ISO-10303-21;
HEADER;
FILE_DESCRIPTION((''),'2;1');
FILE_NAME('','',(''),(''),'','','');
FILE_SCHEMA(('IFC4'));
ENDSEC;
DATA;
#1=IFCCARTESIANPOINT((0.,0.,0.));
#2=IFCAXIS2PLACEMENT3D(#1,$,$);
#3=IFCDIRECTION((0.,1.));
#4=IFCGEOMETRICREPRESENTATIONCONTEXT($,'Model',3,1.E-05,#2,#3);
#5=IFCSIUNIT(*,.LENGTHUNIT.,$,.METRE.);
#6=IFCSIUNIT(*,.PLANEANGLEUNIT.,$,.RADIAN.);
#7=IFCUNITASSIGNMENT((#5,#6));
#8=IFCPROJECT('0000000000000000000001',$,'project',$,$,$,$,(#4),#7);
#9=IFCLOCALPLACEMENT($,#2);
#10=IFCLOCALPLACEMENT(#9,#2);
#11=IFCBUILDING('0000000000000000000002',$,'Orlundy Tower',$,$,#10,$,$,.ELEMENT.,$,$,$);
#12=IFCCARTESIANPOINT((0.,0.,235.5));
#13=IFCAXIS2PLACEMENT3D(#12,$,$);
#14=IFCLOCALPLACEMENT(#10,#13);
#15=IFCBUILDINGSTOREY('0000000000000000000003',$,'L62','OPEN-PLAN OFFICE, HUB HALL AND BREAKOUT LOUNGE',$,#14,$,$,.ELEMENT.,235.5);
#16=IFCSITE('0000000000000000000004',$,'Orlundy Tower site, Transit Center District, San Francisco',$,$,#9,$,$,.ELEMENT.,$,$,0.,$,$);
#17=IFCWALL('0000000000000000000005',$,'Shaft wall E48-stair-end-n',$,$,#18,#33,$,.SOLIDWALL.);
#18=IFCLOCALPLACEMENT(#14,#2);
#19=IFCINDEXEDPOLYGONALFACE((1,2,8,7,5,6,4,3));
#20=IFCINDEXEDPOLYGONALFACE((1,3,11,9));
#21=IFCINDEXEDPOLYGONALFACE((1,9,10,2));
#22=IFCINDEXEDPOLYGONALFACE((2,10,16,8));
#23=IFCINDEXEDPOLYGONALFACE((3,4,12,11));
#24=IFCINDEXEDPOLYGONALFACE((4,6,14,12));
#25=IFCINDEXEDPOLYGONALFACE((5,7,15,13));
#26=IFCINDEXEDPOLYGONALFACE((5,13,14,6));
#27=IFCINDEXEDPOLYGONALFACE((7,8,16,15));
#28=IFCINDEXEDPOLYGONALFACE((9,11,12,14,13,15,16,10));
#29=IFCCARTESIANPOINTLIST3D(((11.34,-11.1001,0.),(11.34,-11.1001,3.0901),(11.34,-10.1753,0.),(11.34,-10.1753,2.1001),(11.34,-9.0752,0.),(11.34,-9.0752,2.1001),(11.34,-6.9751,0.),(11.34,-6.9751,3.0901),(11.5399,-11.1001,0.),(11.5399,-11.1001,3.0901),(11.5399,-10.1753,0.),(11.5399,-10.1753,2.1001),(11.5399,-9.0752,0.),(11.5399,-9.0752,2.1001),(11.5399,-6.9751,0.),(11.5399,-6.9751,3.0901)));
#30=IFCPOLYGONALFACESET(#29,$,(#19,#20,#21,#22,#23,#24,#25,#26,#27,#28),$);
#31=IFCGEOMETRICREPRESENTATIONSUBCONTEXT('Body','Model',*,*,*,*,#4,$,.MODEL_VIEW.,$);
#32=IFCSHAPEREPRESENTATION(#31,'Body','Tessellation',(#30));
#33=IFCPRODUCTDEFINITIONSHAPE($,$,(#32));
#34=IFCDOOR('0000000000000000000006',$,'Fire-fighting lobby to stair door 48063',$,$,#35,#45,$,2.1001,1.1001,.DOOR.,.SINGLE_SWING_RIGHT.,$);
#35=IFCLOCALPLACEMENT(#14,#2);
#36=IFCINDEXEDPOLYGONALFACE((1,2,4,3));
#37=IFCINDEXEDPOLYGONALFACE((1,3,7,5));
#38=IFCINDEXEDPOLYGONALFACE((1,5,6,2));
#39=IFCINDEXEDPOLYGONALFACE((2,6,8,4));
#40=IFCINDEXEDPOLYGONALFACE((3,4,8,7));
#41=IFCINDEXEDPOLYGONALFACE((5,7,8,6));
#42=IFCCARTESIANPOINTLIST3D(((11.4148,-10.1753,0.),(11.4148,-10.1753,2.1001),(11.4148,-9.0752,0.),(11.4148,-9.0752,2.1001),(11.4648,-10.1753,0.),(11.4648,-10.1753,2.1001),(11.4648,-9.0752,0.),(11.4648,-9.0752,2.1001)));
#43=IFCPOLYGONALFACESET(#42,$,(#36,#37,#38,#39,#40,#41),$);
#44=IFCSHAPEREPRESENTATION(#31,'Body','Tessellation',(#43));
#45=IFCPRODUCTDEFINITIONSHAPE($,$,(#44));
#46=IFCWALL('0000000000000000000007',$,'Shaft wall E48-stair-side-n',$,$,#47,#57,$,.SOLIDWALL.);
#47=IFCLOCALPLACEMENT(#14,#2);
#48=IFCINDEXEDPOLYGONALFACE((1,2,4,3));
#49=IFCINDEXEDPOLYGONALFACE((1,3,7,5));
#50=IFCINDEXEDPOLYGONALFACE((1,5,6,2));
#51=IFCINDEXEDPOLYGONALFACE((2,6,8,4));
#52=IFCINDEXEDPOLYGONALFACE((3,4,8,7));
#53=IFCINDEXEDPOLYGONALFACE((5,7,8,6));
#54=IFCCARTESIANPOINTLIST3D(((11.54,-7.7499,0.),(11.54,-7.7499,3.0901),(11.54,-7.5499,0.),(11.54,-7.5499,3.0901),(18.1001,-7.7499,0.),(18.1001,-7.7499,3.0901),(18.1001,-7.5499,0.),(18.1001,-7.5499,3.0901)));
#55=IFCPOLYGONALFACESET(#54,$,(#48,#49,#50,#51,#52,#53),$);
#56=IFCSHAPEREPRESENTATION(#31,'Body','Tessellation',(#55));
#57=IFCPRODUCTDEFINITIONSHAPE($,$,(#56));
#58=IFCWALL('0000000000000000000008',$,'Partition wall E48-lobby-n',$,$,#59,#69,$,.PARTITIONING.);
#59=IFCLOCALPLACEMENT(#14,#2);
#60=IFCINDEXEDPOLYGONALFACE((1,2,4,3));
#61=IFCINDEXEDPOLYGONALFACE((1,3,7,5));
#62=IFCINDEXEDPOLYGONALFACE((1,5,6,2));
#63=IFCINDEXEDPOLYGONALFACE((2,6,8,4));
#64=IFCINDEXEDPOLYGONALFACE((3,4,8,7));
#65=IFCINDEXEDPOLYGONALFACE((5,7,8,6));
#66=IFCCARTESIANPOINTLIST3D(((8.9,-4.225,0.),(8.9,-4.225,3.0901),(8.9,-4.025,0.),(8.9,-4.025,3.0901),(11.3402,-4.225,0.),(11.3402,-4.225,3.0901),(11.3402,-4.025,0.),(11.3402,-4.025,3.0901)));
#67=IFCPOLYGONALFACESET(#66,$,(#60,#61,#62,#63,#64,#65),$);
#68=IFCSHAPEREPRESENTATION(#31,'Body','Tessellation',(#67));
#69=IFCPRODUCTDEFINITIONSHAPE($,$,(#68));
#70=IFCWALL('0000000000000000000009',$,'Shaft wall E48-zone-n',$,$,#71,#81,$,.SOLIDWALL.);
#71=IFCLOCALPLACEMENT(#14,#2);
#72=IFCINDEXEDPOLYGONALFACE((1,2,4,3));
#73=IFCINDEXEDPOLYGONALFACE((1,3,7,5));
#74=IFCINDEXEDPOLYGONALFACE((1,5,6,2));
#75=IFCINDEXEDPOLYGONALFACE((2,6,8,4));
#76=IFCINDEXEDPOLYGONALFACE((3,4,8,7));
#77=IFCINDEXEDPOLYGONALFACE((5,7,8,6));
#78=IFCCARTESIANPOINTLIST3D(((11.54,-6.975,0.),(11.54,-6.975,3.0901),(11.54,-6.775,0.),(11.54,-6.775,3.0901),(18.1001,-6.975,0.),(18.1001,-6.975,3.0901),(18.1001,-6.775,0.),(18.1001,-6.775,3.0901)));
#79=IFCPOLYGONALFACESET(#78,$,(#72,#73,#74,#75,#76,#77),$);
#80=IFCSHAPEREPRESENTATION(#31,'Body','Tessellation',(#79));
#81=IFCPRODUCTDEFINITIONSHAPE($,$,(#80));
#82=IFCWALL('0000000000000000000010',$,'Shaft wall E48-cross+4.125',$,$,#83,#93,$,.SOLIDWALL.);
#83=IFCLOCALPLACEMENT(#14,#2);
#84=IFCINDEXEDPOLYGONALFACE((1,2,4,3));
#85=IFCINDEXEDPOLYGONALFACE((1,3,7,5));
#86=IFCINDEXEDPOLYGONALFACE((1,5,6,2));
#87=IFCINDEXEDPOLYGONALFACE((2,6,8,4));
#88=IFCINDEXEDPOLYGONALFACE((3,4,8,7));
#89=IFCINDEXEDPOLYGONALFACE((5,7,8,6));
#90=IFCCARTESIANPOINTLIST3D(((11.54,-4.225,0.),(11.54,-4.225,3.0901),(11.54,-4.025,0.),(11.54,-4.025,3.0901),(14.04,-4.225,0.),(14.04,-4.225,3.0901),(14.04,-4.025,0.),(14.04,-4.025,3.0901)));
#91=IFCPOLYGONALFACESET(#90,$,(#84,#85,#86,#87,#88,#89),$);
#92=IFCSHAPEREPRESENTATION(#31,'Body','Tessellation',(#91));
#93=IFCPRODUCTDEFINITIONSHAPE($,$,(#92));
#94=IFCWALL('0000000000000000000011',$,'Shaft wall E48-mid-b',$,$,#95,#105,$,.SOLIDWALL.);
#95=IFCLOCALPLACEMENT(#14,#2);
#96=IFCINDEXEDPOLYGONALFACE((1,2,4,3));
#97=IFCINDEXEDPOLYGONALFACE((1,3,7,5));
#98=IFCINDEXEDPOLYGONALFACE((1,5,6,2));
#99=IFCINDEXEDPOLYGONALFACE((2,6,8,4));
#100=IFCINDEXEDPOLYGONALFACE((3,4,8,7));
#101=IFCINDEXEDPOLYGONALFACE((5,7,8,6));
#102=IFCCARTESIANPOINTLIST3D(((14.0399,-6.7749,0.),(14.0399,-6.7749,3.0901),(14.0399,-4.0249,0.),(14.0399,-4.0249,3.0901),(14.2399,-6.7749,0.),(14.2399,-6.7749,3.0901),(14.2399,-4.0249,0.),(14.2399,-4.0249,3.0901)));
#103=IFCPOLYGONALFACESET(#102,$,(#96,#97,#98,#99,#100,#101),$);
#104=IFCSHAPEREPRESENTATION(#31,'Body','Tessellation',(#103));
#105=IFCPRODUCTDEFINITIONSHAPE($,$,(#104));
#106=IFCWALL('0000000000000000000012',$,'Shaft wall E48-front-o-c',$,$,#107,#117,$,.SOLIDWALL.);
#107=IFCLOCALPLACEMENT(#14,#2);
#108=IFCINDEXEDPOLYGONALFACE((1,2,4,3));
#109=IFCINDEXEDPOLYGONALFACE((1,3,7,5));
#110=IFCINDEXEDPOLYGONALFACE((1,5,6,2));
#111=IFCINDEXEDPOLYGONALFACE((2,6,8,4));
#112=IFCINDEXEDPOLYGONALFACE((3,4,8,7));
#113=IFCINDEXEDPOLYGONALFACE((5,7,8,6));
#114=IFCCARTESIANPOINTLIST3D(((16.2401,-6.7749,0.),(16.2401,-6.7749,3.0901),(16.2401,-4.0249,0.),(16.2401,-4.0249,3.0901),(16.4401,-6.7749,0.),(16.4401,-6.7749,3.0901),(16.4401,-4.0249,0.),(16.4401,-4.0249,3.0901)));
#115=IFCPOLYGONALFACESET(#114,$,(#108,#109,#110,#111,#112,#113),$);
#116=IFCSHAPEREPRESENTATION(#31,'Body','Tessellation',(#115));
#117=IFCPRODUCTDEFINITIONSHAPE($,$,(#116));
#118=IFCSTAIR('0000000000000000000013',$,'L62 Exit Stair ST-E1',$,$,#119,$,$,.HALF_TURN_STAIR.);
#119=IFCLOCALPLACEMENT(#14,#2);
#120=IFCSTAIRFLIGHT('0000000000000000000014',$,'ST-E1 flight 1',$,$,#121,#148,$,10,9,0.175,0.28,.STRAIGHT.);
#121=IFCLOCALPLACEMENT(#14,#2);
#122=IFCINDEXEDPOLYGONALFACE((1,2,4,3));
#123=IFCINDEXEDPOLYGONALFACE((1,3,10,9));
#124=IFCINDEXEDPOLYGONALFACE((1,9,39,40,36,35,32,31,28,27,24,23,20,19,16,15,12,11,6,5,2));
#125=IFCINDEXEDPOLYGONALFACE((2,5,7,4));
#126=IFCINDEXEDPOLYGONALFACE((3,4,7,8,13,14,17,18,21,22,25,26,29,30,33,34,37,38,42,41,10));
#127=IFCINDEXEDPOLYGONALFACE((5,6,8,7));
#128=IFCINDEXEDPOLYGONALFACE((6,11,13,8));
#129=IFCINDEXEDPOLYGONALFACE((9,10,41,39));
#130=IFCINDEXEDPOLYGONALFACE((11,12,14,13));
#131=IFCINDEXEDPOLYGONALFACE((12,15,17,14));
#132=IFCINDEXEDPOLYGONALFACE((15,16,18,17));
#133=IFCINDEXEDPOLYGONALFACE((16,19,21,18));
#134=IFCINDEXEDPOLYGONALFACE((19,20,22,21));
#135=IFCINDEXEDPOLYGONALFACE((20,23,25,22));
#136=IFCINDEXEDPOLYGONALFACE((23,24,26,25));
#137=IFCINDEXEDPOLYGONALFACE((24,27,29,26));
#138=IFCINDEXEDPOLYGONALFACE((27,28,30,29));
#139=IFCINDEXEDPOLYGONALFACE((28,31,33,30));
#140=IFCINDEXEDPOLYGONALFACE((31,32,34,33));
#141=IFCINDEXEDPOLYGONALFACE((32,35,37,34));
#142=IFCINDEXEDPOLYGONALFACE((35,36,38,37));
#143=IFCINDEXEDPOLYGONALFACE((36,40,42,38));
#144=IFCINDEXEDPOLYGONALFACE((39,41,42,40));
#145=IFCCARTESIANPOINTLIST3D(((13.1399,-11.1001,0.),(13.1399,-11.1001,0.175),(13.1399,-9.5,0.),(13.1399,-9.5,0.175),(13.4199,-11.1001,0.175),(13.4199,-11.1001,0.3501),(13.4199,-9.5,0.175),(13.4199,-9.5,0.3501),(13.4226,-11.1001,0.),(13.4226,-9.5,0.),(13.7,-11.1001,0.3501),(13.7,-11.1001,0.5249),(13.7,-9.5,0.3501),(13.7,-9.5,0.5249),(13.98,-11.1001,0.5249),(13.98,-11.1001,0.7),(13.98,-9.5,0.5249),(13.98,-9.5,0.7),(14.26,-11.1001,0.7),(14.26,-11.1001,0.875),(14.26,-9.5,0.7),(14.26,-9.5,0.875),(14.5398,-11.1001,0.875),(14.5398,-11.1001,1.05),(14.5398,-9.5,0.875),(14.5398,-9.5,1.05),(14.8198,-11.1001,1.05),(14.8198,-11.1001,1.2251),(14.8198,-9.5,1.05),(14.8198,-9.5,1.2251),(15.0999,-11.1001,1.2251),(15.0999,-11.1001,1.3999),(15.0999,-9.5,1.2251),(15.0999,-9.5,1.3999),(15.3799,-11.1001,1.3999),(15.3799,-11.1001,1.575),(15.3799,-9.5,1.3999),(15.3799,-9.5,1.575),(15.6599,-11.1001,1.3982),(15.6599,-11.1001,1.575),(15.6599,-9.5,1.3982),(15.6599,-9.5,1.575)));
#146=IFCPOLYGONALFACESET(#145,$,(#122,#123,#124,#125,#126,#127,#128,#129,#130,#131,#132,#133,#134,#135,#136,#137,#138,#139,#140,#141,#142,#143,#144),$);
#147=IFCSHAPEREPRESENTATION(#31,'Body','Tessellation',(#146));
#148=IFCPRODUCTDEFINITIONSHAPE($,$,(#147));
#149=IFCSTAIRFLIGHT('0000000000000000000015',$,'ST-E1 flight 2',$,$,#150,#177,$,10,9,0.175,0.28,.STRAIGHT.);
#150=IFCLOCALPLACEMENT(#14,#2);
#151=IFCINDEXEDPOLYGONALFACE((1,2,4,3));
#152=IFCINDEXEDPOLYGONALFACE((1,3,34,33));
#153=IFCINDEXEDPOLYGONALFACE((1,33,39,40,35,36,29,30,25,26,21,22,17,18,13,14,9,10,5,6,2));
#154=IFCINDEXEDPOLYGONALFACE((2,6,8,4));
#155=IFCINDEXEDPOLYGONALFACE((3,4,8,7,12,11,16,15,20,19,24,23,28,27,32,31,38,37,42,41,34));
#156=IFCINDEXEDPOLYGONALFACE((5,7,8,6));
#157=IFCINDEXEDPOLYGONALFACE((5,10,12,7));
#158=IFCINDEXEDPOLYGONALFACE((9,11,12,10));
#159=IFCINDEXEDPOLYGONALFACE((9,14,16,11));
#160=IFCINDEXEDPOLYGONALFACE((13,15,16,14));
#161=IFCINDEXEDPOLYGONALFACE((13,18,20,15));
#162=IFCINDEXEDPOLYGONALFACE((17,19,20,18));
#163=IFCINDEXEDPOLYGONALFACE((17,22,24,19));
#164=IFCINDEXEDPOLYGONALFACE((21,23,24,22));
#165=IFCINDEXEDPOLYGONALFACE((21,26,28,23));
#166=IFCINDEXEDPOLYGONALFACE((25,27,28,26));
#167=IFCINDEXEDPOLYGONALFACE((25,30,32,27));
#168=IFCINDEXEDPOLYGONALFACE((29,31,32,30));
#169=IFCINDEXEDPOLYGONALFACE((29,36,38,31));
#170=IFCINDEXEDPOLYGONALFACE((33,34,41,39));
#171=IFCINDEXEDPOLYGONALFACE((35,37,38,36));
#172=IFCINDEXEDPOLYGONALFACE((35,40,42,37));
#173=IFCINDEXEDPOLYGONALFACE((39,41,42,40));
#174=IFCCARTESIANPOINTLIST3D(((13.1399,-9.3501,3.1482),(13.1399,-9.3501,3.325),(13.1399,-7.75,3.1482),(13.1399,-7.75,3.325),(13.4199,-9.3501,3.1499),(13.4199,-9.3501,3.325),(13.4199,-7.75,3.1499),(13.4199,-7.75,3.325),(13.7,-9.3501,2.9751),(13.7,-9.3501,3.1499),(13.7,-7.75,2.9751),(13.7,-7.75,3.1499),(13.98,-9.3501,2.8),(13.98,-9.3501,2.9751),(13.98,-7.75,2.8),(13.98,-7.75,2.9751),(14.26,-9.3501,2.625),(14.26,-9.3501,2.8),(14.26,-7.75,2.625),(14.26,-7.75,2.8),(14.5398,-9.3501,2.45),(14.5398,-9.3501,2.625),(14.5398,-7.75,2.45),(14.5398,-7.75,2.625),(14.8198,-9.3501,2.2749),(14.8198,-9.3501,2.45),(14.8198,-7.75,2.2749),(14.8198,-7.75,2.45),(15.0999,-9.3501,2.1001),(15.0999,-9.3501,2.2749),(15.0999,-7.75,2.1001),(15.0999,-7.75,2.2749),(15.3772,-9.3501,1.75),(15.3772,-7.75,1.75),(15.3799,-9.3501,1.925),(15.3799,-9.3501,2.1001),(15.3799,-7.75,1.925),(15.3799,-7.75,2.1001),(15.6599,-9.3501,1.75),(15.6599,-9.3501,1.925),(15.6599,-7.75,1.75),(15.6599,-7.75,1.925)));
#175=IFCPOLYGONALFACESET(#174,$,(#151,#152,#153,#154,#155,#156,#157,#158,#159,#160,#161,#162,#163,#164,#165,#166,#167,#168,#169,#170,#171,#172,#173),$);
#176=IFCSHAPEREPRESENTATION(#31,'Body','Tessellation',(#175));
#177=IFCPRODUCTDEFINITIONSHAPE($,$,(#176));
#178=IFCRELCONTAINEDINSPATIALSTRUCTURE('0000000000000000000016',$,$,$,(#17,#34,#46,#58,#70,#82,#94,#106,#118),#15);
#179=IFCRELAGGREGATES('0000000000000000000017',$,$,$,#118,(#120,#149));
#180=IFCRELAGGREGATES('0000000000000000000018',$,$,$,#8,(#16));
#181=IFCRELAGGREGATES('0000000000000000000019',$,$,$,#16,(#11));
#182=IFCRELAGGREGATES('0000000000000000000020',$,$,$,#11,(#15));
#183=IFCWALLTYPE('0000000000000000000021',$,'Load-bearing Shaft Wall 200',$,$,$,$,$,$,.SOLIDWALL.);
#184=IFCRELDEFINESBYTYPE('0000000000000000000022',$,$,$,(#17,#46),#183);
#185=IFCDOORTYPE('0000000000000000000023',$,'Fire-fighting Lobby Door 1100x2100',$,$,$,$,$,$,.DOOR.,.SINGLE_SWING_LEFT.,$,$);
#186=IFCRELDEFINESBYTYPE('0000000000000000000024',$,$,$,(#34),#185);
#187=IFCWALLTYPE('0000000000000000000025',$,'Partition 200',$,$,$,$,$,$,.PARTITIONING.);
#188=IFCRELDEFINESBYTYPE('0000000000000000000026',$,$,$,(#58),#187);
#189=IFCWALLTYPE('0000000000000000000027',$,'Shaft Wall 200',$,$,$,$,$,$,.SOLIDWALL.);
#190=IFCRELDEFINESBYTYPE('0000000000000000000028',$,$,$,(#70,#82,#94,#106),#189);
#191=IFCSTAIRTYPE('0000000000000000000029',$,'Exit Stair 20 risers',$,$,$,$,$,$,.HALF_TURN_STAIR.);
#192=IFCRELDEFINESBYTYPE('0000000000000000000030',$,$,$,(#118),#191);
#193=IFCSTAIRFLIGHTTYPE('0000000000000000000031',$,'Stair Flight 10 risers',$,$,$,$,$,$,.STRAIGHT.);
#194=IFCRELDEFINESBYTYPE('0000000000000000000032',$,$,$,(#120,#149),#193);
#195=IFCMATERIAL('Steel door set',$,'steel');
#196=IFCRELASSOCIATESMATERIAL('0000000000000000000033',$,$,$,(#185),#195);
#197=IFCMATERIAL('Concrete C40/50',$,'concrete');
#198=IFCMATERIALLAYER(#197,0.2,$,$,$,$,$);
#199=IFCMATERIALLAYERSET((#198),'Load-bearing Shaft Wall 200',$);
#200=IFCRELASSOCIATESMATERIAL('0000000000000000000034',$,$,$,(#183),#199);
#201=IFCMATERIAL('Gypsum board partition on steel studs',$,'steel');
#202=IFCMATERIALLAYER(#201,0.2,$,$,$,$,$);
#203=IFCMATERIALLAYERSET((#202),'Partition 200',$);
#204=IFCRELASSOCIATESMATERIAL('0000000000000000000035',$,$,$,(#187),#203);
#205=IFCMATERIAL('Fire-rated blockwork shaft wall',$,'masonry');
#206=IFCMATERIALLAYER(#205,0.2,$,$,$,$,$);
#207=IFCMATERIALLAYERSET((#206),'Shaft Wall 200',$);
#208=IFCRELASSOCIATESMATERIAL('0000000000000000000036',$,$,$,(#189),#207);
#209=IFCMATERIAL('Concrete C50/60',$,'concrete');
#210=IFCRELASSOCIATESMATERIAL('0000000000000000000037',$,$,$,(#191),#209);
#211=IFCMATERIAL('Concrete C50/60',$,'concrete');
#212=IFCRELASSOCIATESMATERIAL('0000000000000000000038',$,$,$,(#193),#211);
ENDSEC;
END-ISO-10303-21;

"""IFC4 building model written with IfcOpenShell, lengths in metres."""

from ifc_helpers import new_model, si_unit, direction, frame, frame_2d, origin, place, context, subcontext, project, spatial, polyline, rectangle, outline, extrude, material, layer, layer_set, type_object, element, fill, aggregate, save


model = new_model("IFC4")

# Units and contexts
model_context = context("Model", 3, precision=1e-05, world=origin(), true_north=direction((0.0, 1.0)))
body_context = subcontext(model_context, "Body", "Model", "MODEL_VIEW")
ifc_project = project(units=[si_unit("LENGTHUNIT", "METRE"), si_unit("PLANEANGLEUNIT", "RADIAN")], contexts=[model_context])

# Site, building, storey
site_placement = place(None, origin())
site = spatial("IfcSite", under=ifc_project, at=site_placement, Name="Orlundy Tower site, Transit Center District, San Francisco", CompositionType="ELEMENT", RefElevation=0.0)
building_placement = place(site_placement, origin())
building = spatial("IfcBuilding", under=site, at=building_placement, Name="Orlundy Tower", CompositionType="ELEMENT")
storey_placement = place(building_placement, frame((0.0, 0.0, 235.5)))
storey = spatial("IfcBuildingStorey", under=building, at=storey_placement, Name="L62", Description="OPEN-PLAN OFFICE, HUB HALL AND BREAKOUT LOUNGE", CompositionType="ELEMENT", Elevation=235.5)

# Shared definitions
ifc_material_1 = material(Name="Steel door set", Category="steel")
door_type_1 = type_object("IfcDoorType", Name="Fire-fighting Lobby Door 1100x2100", OperationType="SINGLE_SWING_LEFT", PredefinedType="DOOR", material=ifc_material_1)

# Wall, opening, door
ifc_material_2 = material(Name="Concrete C40/50", Category="concrete")
ifc_layer_1 = layer(ifc_material_2, 0.2)
ifc_layer_set_1 = layer_set([ifc_layer_1], Name="Load-bearing Shaft Wall 200")
wall_type_1 = type_object("IfcWallType", Name="Load-bearing Shaft Wall 200", PredefinedType="SOLIDWALL", material=ifc_layer_set_1)
wall_1_placement = place(storey_placement, frame((11.4399, -6.9751, 0.0), z_axis=(0.0, 0.0, 1.0), x_axis=(0.0, -1.0, 0.0)))
wall_1 = element("IfcWall", 1, at=wall_1_placement, inside=storey, type_object=wall_type_1, Name="Shaft wall E48-stair-end-n", PredefinedType="SOLIDWALL", context=body_context, shape_type="SweptSolid", body=[
    extrude(rectangle(XDim=4.125, YDim=0.2, at=frame_2d((2.0625, 0.0))), origin(), (0.0, 0.0, 1.0), 3.0901),
])
opening_1_placement = place(wall_1_placement, frame((2.1001, 0.0, 0.0)))
opening_1 = element("IfcOpeningElement", 2, at=opening_1_placement, cuts=wall_1, PredefinedType="OPENING", context=body_context, shape_type="SweptSolid", body=[
    extrude(rectangle(XDim=1.1001, YDim=2.1001, at=frame_2d((0.55, 1.05))), frame((0.0, 0.1101, 0.0), z_axis=(0.0, -1.0, 0.0), x_axis=(1.0, 0.0, 0.0)), (0.0, 0.0, 1.0), 0.2202),
])
door_1_placement = place(opening_1_placement, origin())
door_1 = element("IfcDoor", 3, at=door_1_placement, inside=storey, type_object=door_type_1, Name="Fire-fighting lobby to stair door 48063", OperationType="SINGLE_SWING_RIGHT", OverallHeight=2.1001, OverallWidth=1.1001, PredefinedType="DOOR", context=body_context, shape_type="SweptSolid", body=[
    extrude(rectangle(XDim=1.1001, YDim=2.1001, at=frame_2d((0.55, 1.05))), frame((0.0, 0.0249, 0.0), z_axis=(0.0, -1.0, 0.0), x_axis=(1.0, 0.0, 0.0)), (0.0, 0.0, 1.0), 0.05),
])
fill(opening_1, door_1)

# Walls
wall_2_placement = place(storey_placement, frame((11.54, -7.6499, 0.0), z_axis=(0.0, 0.0, 1.0), x_axis=(1.0, 0.0, 0.0)))
element("IfcWall", 4, at=wall_2_placement, inside=storey, type_object=wall_type_1, Name="Shaft wall E48-stair-side-n", PredefinedType="SOLIDWALL", context=body_context, shape_type="SweptSolid", body=[
    extrude(rectangle(XDim=6.5601, YDim=0.2, at=frame_2d((3.28, 0.0))), origin(), (0.0, 0.0, 1.0), 3.0901),
])
ifc_material_3 = material(Name="Gypsum board partition on steel studs", Category="steel")
ifc_layer_2 = layer(ifc_material_3, 0.2)
ifc_layer_set_2 = layer_set([ifc_layer_2], Name="Partition 200")
wall_type_2 = type_object("IfcWallType", Name="Partition 200", PredefinedType="PARTITIONING", material=ifc_layer_set_2)
wall_3_placement = place(storey_placement, frame((8.8999, -4.125, 0.0), z_axis=(0.0, 0.0, 1.0), x_axis=(1.0, 0.0, 0.0)))
element("IfcWall", 5, at=wall_3_placement, inside=storey, type_object=wall_type_2, Name="Partition wall E48-lobby-n", PredefinedType="PARTITIONING", context=body_context, shape_type="SweptSolid", body=[
    extrude(rectangle(XDim=2.4402, YDim=0.2, at=frame_2d((1.2202, 0.0))), origin(), (0.0, 0.0, 1.0), 3.0901),
])
ifc_material_4 = material(Name="Fire-rated blockwork shaft wall", Category="masonry")
ifc_layer_3 = layer(ifc_material_4, 0.2)
ifc_layer_set_3 = layer_set([ifc_layer_3], Name="Shaft Wall 200")
wall_type_3 = type_object("IfcWallType", Name="Shaft Wall 200", PredefinedType="SOLIDWALL", material=ifc_layer_set_3)
wall_4_placement = place(storey_placement, frame((11.54, -6.875, 0.0), z_axis=(0.0, 0.0, 1.0), x_axis=(1.0, 0.0, 0.0)))
element("IfcWall", 6, at=wall_4_placement, inside=storey, type_object=wall_type_3, Name="Shaft wall E48-zone-n", PredefinedType="SOLIDWALL", context=body_context, shape_type="SweptSolid", body=[
    extrude(rectangle(XDim=6.5601, YDim=0.2, at=frame_2d((3.28, 0.0))), origin(), (0.0, 0.0, 1.0), 3.0901),
])
wall_5_placement = place(storey_placement, frame((11.54, -4.125, 0.0), z_axis=(0.0, 0.0, 1.0), x_axis=(1.0, 0.0, 0.0)))
element("IfcWall", 7, at=wall_5_placement, inside=storey, type_object=wall_type_3, Name="Shaft wall E48-cross+4.125", PredefinedType="SOLIDWALL", context=body_context, shape_type="SweptSolid", body=[
    extrude(rectangle(XDim=2.5, YDim=0.2, at=frame_2d((1.25, 0.0))), origin(), (0.0, 0.0, 1.0), 3.0901),
])
for number, where, z_axis, x_axis, name in (
    (8, (14.1399, -4.0249, 0.0), (0.0, 0.0, 1.0), (0.0, -1.0, 0.0), "Shaft wall E48-mid-b"),
    (9, (16.3401, -4.0249, 0.0), (0.0, 0.0, 1.0), (0.0, -1.0, 0.0), "Shaft wall E48-front-o-c"),
):
    element("IfcWall", number, at=place(storey_placement, frame(where, z_axis=z_axis, x_axis=x_axis)), inside=storey, type_object=wall_type_3, Name=name, PredefinedType="SOLIDWALL", context=body_context, shape_type="SweptSolid", body=[
        extrude(rectangle(XDim=2.75, YDim=0.2, at=frame_2d((1.375, 0.0))), origin(), (0.0, 0.0, 1.0), 3.0901),
    ])

# Stair, stair flights
ifc_material_5 = material(Name="Concrete C50/60", Category="concrete")
stair_type = type_object("IfcStairType", Name="Exit Stair 20 risers", PredefinedType="HALF_TURN_STAIR", material=ifc_material_5)
stair_placement = place(storey_placement, origin())
stair = element("IfcStair", 10, at=stair_placement, inside=storey, type_object=stair_type, Name="L62 Exit Stair ST-E1", PredefinedType="HALF_TURN_STAIR")
ifc_material_6 = material(Name="Concrete C50/60", Category="concrete")
stair_flight_type = type_object("IfcStairFlightType", Name="Stair Flight 10 risers", PredefinedType="STRAIGHT", material=ifc_material_6)
stair_flight_1_placement = place(storey_placement, frame((13.1399, -10.3, 0.0), z_axis=(0.0, 0.0, 1.0), x_axis=(1.0, 0.0, 0.0)))
stair_flight_1 = element("IfcStairFlight", 11, at=stair_flight_1_placement, type_object=stair_flight_type, Name="ST-E1 flight 1", NumberOfRisers=10, NumberOfTreads=9, PredefinedType="STRAIGHT", RiserHeight=0.175, TreadLength=0.28, context=body_context, shape_type="SweptSolid", body=[
    extrude(outline(polyline([(0.0, 0.0), (0.0, 0.175), (0.28, 0.175), (0.28, 0.3501), (0.5601, 0.3501), (0.5601, 0.5249), (0.8401, 0.5249), (0.8401, 0.7), (1.1201, 0.7), (1.1201, 0.875), (1.3999, 0.875), (1.3999, 1.05), (1.6799, 1.05), (1.6799, 1.2251), (1.96, 1.2251), (1.96, 1.3999), (2.24, 1.3999), (2.24, 1.575), (2.52, 1.575), (2.52, 1.75), (2.52, 1.3982), (0.2827, 0.0), (0.0, 0.0)])), frame((0.0, 0.8, 0.0), z_axis=(0.0, -1.0, 0.0), x_axis=(1.0, 0.0, 0.0)), (0.0, 0.0, 1.0), 1.6001),
])
stair_flight_2_placement = place(storey_placement, frame((15.6599, -8.55, 1.75), z_axis=(0.0, 0.0, 1.0), x_axis=(-1.0, 0.0, 0.0)))
stair_flight_2 = element("IfcStairFlight", 12, at=stair_flight_2_placement, type_object=stair_flight_type, Name="ST-E1 flight 2", NumberOfRisers=10, NumberOfTreads=9, PredefinedType="STRAIGHT", RiserHeight=0.175, TreadLength=0.28, context=body_context, shape_type="SweptSolid", body=[
    extrude(outline(polyline([(0.0, 0.0), (0.0, 0.175), (0.28, 0.175), (0.28, 0.3501), (0.5601, 0.3501), (0.5601, 0.5249), (0.8401, 0.5249), (0.8401, 0.7), (1.1201, 0.7), (1.1201, 0.875), (1.3999, 0.875), (1.3999, 1.05), (1.6799, 1.05), (1.6799, 1.2251), (1.96, 1.2251), (1.96, 1.3999), (2.24, 1.3999), (2.24, 1.575), (2.52, 1.575), (2.52, 1.75), (2.52, 1.3982), (0.2827, 0.0), (0.0, 0.0)])), frame((0.0, 0.8, 0.0), z_axis=(0.0, -1.0, 0.0), x_axis=(1.0, 0.0, 0.0)), (0.0, 0.0, 1.0), 1.6001),
])
aggregate(stair, [stair_flight_1, stair_flight_2])

save(model, "model.ifc")
